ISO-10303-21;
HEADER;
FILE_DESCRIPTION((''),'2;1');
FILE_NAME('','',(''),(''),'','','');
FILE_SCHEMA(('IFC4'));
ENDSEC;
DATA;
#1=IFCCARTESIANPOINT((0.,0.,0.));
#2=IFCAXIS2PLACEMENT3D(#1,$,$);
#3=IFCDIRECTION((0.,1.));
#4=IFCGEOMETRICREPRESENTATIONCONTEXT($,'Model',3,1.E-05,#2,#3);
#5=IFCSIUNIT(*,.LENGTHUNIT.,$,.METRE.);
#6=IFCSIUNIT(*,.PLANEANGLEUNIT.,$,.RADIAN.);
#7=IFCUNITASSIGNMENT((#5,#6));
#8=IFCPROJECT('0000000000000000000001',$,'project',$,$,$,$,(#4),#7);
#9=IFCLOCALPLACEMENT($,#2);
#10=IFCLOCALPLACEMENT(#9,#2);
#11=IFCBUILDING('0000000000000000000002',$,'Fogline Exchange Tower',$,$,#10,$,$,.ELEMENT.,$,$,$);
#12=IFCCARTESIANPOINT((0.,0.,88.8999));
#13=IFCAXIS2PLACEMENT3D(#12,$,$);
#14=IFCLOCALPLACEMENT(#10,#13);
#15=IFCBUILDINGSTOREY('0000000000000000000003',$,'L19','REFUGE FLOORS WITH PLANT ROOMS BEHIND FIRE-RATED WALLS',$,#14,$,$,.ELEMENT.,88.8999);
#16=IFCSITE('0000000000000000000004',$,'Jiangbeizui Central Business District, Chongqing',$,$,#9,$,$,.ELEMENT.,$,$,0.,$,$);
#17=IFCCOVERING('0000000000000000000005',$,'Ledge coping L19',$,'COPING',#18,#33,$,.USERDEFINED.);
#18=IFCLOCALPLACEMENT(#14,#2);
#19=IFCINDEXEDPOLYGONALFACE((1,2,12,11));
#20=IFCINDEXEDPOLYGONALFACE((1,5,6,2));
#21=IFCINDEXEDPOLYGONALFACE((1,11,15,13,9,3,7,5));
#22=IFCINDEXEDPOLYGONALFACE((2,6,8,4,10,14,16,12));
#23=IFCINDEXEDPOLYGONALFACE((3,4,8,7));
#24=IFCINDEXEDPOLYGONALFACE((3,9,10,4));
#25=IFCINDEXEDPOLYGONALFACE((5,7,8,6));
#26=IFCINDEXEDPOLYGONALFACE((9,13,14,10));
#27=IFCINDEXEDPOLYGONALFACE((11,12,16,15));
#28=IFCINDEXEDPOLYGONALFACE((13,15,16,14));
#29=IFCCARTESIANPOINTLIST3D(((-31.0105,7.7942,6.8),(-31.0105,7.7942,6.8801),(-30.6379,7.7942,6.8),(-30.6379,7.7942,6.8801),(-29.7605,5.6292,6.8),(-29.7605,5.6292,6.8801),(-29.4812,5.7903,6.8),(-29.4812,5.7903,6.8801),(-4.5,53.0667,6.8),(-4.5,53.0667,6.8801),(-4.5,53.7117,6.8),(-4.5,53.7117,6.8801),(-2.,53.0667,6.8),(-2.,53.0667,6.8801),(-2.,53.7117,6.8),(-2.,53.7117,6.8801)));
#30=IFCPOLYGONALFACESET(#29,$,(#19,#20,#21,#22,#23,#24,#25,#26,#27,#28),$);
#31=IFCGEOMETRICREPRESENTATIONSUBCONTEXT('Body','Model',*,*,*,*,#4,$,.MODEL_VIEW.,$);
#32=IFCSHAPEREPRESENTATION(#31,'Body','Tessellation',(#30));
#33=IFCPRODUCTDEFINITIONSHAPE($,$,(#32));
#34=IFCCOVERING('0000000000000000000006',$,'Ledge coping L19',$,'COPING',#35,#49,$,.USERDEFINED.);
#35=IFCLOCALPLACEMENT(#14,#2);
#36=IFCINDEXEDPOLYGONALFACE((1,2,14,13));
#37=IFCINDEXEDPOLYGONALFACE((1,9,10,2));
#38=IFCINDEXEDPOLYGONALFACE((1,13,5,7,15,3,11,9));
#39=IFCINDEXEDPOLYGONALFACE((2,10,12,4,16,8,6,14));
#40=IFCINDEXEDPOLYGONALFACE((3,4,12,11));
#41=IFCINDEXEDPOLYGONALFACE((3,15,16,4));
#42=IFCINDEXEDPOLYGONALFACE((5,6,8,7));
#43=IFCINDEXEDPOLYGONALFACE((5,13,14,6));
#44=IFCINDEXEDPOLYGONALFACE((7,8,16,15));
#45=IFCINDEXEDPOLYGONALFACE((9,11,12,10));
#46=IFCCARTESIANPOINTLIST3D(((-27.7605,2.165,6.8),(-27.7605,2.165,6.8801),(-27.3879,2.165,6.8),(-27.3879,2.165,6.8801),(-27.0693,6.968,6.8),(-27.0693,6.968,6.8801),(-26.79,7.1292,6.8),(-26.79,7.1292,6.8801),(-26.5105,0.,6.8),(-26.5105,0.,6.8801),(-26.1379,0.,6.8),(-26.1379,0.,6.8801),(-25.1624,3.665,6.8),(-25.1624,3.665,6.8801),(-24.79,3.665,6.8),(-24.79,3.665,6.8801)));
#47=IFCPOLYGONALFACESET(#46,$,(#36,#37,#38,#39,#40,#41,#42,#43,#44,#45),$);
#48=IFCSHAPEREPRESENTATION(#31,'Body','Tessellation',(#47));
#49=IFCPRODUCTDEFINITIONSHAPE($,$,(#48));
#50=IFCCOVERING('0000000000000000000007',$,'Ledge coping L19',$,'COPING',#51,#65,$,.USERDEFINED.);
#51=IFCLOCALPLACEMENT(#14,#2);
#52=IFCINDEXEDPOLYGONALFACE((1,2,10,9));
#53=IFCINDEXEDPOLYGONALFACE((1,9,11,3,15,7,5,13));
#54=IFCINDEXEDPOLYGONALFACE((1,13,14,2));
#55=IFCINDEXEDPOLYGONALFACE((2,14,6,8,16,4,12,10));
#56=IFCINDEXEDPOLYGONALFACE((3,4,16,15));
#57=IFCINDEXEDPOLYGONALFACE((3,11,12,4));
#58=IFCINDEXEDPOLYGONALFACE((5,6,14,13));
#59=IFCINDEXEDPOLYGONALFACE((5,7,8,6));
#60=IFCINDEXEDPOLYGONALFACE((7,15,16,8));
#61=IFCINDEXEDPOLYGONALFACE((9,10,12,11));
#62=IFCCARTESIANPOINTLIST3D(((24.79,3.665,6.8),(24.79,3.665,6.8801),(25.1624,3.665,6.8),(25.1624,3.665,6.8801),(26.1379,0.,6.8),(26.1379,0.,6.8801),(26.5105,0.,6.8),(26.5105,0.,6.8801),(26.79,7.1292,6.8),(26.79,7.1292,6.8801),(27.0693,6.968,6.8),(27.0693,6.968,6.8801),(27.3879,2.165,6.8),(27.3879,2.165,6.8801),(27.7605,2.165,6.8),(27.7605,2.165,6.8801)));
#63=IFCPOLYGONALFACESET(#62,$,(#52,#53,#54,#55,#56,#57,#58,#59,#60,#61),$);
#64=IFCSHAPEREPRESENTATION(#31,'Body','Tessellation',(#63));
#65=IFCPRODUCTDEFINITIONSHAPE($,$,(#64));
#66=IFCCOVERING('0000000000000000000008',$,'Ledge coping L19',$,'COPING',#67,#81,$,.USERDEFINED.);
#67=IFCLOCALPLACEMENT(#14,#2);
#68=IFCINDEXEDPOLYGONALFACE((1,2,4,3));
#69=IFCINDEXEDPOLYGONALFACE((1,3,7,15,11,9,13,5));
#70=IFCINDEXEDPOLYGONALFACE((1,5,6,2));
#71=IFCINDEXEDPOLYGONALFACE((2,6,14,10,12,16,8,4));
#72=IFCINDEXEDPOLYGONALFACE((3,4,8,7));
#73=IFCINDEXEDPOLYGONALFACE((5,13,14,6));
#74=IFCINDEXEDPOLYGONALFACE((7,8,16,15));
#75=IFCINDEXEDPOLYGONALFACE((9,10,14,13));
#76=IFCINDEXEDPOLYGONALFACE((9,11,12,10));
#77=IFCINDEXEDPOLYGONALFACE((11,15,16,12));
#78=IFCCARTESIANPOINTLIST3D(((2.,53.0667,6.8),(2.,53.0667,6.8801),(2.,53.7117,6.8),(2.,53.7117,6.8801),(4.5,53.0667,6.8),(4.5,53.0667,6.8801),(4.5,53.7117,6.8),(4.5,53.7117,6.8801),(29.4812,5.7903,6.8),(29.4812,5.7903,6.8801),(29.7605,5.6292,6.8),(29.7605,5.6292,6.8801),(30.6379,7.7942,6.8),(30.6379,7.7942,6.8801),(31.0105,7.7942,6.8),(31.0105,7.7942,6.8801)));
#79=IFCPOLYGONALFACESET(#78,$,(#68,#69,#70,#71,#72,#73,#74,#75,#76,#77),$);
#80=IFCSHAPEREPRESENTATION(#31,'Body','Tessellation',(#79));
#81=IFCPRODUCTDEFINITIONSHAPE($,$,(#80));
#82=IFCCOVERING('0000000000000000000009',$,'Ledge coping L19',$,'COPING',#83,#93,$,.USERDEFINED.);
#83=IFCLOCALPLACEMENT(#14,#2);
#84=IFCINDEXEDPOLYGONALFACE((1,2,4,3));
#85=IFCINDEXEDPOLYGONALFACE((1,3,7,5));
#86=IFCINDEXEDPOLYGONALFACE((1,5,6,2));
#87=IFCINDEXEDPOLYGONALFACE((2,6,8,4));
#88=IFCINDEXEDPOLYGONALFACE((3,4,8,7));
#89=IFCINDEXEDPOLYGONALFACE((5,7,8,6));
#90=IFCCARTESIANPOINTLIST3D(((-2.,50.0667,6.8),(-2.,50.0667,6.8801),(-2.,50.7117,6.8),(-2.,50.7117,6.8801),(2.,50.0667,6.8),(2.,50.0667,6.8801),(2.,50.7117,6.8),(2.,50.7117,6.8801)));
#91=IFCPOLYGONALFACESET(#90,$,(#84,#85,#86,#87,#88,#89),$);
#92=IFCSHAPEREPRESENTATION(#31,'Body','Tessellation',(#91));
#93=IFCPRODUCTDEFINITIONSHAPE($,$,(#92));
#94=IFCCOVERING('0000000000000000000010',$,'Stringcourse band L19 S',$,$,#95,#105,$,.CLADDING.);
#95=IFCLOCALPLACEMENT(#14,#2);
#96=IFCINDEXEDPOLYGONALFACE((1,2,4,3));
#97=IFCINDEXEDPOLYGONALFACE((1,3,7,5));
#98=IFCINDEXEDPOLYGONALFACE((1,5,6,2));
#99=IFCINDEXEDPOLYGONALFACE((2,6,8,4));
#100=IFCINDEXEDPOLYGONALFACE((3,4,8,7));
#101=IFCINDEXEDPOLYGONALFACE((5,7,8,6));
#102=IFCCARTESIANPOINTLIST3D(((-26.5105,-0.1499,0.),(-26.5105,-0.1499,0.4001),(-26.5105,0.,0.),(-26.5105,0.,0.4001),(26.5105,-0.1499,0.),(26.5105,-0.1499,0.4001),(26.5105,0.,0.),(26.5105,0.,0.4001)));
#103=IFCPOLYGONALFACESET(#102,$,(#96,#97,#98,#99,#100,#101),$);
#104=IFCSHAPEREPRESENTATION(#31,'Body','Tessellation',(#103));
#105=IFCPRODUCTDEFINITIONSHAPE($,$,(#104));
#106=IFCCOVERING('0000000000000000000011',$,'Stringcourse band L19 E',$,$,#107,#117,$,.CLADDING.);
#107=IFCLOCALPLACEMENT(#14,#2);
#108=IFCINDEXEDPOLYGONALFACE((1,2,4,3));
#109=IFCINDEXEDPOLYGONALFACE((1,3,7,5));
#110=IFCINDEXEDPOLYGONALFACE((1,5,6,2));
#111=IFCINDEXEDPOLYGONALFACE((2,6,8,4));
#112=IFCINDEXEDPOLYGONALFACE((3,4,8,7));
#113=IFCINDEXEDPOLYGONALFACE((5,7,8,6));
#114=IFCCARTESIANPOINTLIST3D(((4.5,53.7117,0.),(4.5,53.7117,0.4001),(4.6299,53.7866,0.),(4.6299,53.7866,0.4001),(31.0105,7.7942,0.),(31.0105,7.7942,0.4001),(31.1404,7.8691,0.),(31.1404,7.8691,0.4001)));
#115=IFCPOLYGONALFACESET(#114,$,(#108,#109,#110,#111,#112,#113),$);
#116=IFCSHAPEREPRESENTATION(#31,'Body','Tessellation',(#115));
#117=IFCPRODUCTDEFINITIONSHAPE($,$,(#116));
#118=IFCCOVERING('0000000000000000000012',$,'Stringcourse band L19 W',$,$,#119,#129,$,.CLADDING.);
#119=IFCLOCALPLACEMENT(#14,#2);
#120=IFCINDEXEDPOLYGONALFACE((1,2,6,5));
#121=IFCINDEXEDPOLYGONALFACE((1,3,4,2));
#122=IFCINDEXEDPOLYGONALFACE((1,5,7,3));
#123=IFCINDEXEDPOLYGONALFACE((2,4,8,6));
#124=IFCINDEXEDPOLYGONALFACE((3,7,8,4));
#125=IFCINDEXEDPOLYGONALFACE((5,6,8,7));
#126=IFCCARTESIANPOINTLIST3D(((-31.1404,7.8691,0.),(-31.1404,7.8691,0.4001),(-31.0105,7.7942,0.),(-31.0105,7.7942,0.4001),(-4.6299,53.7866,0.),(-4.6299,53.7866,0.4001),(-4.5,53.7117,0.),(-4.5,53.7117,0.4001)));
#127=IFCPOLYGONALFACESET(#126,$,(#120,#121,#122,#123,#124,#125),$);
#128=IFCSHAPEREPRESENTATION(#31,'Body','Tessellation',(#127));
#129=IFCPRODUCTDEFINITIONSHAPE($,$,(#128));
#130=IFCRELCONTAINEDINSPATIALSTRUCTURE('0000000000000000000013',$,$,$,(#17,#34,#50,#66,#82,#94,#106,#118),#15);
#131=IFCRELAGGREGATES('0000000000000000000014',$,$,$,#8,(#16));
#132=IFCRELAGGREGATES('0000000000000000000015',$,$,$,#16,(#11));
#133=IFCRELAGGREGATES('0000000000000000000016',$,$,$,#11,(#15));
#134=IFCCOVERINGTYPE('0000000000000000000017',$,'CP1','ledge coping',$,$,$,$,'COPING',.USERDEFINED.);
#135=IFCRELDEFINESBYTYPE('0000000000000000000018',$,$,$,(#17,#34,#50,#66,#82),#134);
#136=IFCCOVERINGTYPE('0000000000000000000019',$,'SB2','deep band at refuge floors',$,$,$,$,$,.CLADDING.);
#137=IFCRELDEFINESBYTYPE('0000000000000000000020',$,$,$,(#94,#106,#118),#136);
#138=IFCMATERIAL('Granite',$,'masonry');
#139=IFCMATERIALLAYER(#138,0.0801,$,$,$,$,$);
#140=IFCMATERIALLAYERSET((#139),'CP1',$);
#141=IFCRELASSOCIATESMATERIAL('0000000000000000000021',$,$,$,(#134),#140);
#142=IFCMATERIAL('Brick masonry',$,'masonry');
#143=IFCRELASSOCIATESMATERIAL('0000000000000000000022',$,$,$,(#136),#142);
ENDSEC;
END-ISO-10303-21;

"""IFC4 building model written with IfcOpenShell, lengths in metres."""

from ifc_helpers import new_model, si_unit, direction, frame, origin, place, context, subcontext, project, spatial, polyline, outline, extrude, material, layer, layer_set, type_object, element, save


model = new_model("IFC4")

# Units and contexts
model_context = context("Model", 3, precision=1e-05, world=origin(), true_north=direction((0.0, 1.0)))
body_context = subcontext(model_context, "Body", "Model", "MODEL_VIEW")
ifc_project = project(units=[si_unit("LENGTHUNIT", "METRE"), si_unit("PLANEANGLEUNIT", "RADIAN")], contexts=[model_context])

# Site, building, storey
site_placement = place(None, origin())
site = spatial("IfcSite", under=ifc_project, at=site_placement, Name="Jiangbeizui Central Business District, Chongqing", CompositionType="ELEMENT", RefElevation=0.0)
building_placement = place(site_placement, origin())
building = spatial("IfcBuilding", under=site, at=building_placement, Name="Fogline Exchange Tower", CompositionType="ELEMENT")
storey_placement = place(building_placement, frame((0.0, 0.0, 88.8999)))
storey = spatial("IfcBuildingStorey", under=building, at=storey_placement, Name="L19", Description="REFUGE FLOORS WITH PLANT ROOMS BEHIND FIRE-RATED WALLS", CompositionType="ELEMENT", Elevation=88.8999)

# Shared definitions
ifc_material_1 = material(Name="Brick masonry", Category="masonry")

# Coverings
ifc_material_2 = material(Name="Granite", Category="masonry")
ifc_layer_1 = layer(ifc_material_2, 0.0801)
ifc_layer_set_1 = layer_set([ifc_layer_1], Name="CP1")
covering_type_1 = type_object("IfcCoveringType", Name="CP1", Description="ledge coping", ElementType="COPING", PredefinedType="USERDEFINED", material=ifc_layer_set_1)
covering_1_placement = place(storey_placement, frame((0.0, 0.0, 6.8)))
element("IfcCovering", 1, at=covering_1_placement, inside=storey, type_object=covering_type_1, Name="Ledge coping L19", ObjectType="COPING", PredefinedType="USERDEFINED", context=body_context, shape_type="SweptSolid", body=[
    extrude(outline(polyline([(-29.7605, 5.6292), (-29.4812, 5.7903), (-30.6379, 7.7942), (-4.5, 53.0667), (-2.0, 53.0667), (-2.0, 53.7117), (-4.5, 53.7117), (-31.0105, 7.7942), (-29.7605, 5.6292)])), origin(), (0.0, 0.0, 1.0), 0.0801),
])
covering_2_placement = place(storey_placement, frame((0.0, 0.0, 6.8)))
element("IfcCovering", 2, at=covering_2_placement, inside=storey, type_object=covering_type_1, Name="Ledge coping L19", ObjectType="COPING", PredefinedType="USERDEFINED", context=body_context, shape_type="SweptSolid", body=[
    extrude(outline(polyline([(-26.5105, 0.0), (-26.1379, 0.0), (-27.3879, 2.165), (-24.79, 3.665), (-26.79, 7.1292), (-27.0693, 6.968), (-25.1624, 3.665), (-27.7605, 2.165), (-26.5105, 0.0)])), origin(), (0.0, 0.0, 1.0), 0.0801),
])
covering_3_placement = place(storey_placement, frame((0.0, 0.0, 6.8)))
element("IfcCovering", 3, at=covering_3_placement, inside=storey, type_object=covering_type_1, Name="Ledge coping L19", ObjectType="COPING", PredefinedType="USERDEFINED", context=body_context, shape_type="SweptSolid", body=[
    extrude(outline(polyline([(25.1624, 3.665), (27.0693, 6.968), (26.79, 7.1292), (24.79, 3.665), (27.3879, 2.165), (26.1379, 0.0), (26.5105, 0.0), (27.7605, 2.165), (25.1624, 3.665)])), origin(), (0.0, 0.0, 1.0), 0.0801),
])
covering_4_placement = place(storey_placement, frame((0.0, 0.0, 6.8)))
element("IfcCovering", 4, at=covering_4_placement, inside=storey, type_object=covering_type_1, Name="Ledge coping L19", ObjectType="COPING", PredefinedType="USERDEFINED", context=body_context, shape_type="SweptSolid", body=[
    extrude(outline(polyline([(2.0, 53.7117), (2.0, 53.0667), (4.5, 53.0667), (30.6379, 7.7942), (29.4812, 5.7903), (29.7605, 5.6292), (31.0105, 7.7942), (4.5, 53.7117), (2.0, 53.7117)])), origin(), (0.0, 0.0, 1.0), 0.0801),
])
covering_5_placement = place(storey_placement, frame((0.0, 0.0, 6.8)))
element("IfcCovering", 5, at=covering_5_placement, inside=storey, type_object=covering_type_1, Name="Ledge coping L19", ObjectType="COPING", PredefinedType="USERDEFINED", context=body_context, shape_type="SweptSolid", body=[
    extrude(outline(polyline([(2.0, 50.7117), (-2.0, 50.7117), (-2.0, 50.0667), (2.0, 50.0667), (2.0, 50.7117)])), origin(), (0.0, 0.0, 1.0), 0.0801),
])
covering_type_2 = type_object("IfcCoveringType", Name="SB2", Description="deep band at refuge floors", PredefinedType="CLADDING", material=ifc_material_1)
covering_6_placement = place(storey_placement, origin())
element("IfcCovering", 6, at=covering_6_placement, inside=storey, type_object=covering_type_2, Name="Stringcourse band L19 S", PredefinedType="CLADDING", context=body_context, shape_type="SweptSolid", body=[
    extrude(outline(polyline([(-26.5105, 0.0), (-26.5105, -0.1499), (26.5105, -0.1499), (26.5105, 0.0), (-26.5105, 0.0)])), origin(), (0.0, 0.0, 1.0), 0.4001),
])
covering_7_placement = place(storey_placement, origin())
element("IfcCovering", 7, at=covering_7_placement, inside=storey, type_object=covering_type_2, Name="Stringcourse band L19 E", PredefinedType="CLADDING", context=body_context, shape_type="SweptSolid", body=[
    extrude(outline(polyline([(31.0105, 7.7942), (31.1404, 7.8691), (4.6299, 53.7866), (4.5, 53.7117), (31.0105, 7.7942)])), origin(), (0.0, 0.0, 1.0), 0.4001),
])
covering_8_placement = place(storey_placement, origin())
element("IfcCovering", 8, at=covering_8_placement, inside=storey, type_object=covering_type_2, Name="Stringcourse band L19 W", PredefinedType="CLADDING", context=body_context, shape_type="SweptSolid", body=[
    extrude(outline(polyline([(-4.5, 53.7117), (-4.6299, 53.7866), (-31.1404, 7.8691), (-31.0105, 7.7942), (-4.5, 53.7117)])), origin(), (0.0, 0.0, 1.0), 0.4001),
])

save(model, "model.ifc")
